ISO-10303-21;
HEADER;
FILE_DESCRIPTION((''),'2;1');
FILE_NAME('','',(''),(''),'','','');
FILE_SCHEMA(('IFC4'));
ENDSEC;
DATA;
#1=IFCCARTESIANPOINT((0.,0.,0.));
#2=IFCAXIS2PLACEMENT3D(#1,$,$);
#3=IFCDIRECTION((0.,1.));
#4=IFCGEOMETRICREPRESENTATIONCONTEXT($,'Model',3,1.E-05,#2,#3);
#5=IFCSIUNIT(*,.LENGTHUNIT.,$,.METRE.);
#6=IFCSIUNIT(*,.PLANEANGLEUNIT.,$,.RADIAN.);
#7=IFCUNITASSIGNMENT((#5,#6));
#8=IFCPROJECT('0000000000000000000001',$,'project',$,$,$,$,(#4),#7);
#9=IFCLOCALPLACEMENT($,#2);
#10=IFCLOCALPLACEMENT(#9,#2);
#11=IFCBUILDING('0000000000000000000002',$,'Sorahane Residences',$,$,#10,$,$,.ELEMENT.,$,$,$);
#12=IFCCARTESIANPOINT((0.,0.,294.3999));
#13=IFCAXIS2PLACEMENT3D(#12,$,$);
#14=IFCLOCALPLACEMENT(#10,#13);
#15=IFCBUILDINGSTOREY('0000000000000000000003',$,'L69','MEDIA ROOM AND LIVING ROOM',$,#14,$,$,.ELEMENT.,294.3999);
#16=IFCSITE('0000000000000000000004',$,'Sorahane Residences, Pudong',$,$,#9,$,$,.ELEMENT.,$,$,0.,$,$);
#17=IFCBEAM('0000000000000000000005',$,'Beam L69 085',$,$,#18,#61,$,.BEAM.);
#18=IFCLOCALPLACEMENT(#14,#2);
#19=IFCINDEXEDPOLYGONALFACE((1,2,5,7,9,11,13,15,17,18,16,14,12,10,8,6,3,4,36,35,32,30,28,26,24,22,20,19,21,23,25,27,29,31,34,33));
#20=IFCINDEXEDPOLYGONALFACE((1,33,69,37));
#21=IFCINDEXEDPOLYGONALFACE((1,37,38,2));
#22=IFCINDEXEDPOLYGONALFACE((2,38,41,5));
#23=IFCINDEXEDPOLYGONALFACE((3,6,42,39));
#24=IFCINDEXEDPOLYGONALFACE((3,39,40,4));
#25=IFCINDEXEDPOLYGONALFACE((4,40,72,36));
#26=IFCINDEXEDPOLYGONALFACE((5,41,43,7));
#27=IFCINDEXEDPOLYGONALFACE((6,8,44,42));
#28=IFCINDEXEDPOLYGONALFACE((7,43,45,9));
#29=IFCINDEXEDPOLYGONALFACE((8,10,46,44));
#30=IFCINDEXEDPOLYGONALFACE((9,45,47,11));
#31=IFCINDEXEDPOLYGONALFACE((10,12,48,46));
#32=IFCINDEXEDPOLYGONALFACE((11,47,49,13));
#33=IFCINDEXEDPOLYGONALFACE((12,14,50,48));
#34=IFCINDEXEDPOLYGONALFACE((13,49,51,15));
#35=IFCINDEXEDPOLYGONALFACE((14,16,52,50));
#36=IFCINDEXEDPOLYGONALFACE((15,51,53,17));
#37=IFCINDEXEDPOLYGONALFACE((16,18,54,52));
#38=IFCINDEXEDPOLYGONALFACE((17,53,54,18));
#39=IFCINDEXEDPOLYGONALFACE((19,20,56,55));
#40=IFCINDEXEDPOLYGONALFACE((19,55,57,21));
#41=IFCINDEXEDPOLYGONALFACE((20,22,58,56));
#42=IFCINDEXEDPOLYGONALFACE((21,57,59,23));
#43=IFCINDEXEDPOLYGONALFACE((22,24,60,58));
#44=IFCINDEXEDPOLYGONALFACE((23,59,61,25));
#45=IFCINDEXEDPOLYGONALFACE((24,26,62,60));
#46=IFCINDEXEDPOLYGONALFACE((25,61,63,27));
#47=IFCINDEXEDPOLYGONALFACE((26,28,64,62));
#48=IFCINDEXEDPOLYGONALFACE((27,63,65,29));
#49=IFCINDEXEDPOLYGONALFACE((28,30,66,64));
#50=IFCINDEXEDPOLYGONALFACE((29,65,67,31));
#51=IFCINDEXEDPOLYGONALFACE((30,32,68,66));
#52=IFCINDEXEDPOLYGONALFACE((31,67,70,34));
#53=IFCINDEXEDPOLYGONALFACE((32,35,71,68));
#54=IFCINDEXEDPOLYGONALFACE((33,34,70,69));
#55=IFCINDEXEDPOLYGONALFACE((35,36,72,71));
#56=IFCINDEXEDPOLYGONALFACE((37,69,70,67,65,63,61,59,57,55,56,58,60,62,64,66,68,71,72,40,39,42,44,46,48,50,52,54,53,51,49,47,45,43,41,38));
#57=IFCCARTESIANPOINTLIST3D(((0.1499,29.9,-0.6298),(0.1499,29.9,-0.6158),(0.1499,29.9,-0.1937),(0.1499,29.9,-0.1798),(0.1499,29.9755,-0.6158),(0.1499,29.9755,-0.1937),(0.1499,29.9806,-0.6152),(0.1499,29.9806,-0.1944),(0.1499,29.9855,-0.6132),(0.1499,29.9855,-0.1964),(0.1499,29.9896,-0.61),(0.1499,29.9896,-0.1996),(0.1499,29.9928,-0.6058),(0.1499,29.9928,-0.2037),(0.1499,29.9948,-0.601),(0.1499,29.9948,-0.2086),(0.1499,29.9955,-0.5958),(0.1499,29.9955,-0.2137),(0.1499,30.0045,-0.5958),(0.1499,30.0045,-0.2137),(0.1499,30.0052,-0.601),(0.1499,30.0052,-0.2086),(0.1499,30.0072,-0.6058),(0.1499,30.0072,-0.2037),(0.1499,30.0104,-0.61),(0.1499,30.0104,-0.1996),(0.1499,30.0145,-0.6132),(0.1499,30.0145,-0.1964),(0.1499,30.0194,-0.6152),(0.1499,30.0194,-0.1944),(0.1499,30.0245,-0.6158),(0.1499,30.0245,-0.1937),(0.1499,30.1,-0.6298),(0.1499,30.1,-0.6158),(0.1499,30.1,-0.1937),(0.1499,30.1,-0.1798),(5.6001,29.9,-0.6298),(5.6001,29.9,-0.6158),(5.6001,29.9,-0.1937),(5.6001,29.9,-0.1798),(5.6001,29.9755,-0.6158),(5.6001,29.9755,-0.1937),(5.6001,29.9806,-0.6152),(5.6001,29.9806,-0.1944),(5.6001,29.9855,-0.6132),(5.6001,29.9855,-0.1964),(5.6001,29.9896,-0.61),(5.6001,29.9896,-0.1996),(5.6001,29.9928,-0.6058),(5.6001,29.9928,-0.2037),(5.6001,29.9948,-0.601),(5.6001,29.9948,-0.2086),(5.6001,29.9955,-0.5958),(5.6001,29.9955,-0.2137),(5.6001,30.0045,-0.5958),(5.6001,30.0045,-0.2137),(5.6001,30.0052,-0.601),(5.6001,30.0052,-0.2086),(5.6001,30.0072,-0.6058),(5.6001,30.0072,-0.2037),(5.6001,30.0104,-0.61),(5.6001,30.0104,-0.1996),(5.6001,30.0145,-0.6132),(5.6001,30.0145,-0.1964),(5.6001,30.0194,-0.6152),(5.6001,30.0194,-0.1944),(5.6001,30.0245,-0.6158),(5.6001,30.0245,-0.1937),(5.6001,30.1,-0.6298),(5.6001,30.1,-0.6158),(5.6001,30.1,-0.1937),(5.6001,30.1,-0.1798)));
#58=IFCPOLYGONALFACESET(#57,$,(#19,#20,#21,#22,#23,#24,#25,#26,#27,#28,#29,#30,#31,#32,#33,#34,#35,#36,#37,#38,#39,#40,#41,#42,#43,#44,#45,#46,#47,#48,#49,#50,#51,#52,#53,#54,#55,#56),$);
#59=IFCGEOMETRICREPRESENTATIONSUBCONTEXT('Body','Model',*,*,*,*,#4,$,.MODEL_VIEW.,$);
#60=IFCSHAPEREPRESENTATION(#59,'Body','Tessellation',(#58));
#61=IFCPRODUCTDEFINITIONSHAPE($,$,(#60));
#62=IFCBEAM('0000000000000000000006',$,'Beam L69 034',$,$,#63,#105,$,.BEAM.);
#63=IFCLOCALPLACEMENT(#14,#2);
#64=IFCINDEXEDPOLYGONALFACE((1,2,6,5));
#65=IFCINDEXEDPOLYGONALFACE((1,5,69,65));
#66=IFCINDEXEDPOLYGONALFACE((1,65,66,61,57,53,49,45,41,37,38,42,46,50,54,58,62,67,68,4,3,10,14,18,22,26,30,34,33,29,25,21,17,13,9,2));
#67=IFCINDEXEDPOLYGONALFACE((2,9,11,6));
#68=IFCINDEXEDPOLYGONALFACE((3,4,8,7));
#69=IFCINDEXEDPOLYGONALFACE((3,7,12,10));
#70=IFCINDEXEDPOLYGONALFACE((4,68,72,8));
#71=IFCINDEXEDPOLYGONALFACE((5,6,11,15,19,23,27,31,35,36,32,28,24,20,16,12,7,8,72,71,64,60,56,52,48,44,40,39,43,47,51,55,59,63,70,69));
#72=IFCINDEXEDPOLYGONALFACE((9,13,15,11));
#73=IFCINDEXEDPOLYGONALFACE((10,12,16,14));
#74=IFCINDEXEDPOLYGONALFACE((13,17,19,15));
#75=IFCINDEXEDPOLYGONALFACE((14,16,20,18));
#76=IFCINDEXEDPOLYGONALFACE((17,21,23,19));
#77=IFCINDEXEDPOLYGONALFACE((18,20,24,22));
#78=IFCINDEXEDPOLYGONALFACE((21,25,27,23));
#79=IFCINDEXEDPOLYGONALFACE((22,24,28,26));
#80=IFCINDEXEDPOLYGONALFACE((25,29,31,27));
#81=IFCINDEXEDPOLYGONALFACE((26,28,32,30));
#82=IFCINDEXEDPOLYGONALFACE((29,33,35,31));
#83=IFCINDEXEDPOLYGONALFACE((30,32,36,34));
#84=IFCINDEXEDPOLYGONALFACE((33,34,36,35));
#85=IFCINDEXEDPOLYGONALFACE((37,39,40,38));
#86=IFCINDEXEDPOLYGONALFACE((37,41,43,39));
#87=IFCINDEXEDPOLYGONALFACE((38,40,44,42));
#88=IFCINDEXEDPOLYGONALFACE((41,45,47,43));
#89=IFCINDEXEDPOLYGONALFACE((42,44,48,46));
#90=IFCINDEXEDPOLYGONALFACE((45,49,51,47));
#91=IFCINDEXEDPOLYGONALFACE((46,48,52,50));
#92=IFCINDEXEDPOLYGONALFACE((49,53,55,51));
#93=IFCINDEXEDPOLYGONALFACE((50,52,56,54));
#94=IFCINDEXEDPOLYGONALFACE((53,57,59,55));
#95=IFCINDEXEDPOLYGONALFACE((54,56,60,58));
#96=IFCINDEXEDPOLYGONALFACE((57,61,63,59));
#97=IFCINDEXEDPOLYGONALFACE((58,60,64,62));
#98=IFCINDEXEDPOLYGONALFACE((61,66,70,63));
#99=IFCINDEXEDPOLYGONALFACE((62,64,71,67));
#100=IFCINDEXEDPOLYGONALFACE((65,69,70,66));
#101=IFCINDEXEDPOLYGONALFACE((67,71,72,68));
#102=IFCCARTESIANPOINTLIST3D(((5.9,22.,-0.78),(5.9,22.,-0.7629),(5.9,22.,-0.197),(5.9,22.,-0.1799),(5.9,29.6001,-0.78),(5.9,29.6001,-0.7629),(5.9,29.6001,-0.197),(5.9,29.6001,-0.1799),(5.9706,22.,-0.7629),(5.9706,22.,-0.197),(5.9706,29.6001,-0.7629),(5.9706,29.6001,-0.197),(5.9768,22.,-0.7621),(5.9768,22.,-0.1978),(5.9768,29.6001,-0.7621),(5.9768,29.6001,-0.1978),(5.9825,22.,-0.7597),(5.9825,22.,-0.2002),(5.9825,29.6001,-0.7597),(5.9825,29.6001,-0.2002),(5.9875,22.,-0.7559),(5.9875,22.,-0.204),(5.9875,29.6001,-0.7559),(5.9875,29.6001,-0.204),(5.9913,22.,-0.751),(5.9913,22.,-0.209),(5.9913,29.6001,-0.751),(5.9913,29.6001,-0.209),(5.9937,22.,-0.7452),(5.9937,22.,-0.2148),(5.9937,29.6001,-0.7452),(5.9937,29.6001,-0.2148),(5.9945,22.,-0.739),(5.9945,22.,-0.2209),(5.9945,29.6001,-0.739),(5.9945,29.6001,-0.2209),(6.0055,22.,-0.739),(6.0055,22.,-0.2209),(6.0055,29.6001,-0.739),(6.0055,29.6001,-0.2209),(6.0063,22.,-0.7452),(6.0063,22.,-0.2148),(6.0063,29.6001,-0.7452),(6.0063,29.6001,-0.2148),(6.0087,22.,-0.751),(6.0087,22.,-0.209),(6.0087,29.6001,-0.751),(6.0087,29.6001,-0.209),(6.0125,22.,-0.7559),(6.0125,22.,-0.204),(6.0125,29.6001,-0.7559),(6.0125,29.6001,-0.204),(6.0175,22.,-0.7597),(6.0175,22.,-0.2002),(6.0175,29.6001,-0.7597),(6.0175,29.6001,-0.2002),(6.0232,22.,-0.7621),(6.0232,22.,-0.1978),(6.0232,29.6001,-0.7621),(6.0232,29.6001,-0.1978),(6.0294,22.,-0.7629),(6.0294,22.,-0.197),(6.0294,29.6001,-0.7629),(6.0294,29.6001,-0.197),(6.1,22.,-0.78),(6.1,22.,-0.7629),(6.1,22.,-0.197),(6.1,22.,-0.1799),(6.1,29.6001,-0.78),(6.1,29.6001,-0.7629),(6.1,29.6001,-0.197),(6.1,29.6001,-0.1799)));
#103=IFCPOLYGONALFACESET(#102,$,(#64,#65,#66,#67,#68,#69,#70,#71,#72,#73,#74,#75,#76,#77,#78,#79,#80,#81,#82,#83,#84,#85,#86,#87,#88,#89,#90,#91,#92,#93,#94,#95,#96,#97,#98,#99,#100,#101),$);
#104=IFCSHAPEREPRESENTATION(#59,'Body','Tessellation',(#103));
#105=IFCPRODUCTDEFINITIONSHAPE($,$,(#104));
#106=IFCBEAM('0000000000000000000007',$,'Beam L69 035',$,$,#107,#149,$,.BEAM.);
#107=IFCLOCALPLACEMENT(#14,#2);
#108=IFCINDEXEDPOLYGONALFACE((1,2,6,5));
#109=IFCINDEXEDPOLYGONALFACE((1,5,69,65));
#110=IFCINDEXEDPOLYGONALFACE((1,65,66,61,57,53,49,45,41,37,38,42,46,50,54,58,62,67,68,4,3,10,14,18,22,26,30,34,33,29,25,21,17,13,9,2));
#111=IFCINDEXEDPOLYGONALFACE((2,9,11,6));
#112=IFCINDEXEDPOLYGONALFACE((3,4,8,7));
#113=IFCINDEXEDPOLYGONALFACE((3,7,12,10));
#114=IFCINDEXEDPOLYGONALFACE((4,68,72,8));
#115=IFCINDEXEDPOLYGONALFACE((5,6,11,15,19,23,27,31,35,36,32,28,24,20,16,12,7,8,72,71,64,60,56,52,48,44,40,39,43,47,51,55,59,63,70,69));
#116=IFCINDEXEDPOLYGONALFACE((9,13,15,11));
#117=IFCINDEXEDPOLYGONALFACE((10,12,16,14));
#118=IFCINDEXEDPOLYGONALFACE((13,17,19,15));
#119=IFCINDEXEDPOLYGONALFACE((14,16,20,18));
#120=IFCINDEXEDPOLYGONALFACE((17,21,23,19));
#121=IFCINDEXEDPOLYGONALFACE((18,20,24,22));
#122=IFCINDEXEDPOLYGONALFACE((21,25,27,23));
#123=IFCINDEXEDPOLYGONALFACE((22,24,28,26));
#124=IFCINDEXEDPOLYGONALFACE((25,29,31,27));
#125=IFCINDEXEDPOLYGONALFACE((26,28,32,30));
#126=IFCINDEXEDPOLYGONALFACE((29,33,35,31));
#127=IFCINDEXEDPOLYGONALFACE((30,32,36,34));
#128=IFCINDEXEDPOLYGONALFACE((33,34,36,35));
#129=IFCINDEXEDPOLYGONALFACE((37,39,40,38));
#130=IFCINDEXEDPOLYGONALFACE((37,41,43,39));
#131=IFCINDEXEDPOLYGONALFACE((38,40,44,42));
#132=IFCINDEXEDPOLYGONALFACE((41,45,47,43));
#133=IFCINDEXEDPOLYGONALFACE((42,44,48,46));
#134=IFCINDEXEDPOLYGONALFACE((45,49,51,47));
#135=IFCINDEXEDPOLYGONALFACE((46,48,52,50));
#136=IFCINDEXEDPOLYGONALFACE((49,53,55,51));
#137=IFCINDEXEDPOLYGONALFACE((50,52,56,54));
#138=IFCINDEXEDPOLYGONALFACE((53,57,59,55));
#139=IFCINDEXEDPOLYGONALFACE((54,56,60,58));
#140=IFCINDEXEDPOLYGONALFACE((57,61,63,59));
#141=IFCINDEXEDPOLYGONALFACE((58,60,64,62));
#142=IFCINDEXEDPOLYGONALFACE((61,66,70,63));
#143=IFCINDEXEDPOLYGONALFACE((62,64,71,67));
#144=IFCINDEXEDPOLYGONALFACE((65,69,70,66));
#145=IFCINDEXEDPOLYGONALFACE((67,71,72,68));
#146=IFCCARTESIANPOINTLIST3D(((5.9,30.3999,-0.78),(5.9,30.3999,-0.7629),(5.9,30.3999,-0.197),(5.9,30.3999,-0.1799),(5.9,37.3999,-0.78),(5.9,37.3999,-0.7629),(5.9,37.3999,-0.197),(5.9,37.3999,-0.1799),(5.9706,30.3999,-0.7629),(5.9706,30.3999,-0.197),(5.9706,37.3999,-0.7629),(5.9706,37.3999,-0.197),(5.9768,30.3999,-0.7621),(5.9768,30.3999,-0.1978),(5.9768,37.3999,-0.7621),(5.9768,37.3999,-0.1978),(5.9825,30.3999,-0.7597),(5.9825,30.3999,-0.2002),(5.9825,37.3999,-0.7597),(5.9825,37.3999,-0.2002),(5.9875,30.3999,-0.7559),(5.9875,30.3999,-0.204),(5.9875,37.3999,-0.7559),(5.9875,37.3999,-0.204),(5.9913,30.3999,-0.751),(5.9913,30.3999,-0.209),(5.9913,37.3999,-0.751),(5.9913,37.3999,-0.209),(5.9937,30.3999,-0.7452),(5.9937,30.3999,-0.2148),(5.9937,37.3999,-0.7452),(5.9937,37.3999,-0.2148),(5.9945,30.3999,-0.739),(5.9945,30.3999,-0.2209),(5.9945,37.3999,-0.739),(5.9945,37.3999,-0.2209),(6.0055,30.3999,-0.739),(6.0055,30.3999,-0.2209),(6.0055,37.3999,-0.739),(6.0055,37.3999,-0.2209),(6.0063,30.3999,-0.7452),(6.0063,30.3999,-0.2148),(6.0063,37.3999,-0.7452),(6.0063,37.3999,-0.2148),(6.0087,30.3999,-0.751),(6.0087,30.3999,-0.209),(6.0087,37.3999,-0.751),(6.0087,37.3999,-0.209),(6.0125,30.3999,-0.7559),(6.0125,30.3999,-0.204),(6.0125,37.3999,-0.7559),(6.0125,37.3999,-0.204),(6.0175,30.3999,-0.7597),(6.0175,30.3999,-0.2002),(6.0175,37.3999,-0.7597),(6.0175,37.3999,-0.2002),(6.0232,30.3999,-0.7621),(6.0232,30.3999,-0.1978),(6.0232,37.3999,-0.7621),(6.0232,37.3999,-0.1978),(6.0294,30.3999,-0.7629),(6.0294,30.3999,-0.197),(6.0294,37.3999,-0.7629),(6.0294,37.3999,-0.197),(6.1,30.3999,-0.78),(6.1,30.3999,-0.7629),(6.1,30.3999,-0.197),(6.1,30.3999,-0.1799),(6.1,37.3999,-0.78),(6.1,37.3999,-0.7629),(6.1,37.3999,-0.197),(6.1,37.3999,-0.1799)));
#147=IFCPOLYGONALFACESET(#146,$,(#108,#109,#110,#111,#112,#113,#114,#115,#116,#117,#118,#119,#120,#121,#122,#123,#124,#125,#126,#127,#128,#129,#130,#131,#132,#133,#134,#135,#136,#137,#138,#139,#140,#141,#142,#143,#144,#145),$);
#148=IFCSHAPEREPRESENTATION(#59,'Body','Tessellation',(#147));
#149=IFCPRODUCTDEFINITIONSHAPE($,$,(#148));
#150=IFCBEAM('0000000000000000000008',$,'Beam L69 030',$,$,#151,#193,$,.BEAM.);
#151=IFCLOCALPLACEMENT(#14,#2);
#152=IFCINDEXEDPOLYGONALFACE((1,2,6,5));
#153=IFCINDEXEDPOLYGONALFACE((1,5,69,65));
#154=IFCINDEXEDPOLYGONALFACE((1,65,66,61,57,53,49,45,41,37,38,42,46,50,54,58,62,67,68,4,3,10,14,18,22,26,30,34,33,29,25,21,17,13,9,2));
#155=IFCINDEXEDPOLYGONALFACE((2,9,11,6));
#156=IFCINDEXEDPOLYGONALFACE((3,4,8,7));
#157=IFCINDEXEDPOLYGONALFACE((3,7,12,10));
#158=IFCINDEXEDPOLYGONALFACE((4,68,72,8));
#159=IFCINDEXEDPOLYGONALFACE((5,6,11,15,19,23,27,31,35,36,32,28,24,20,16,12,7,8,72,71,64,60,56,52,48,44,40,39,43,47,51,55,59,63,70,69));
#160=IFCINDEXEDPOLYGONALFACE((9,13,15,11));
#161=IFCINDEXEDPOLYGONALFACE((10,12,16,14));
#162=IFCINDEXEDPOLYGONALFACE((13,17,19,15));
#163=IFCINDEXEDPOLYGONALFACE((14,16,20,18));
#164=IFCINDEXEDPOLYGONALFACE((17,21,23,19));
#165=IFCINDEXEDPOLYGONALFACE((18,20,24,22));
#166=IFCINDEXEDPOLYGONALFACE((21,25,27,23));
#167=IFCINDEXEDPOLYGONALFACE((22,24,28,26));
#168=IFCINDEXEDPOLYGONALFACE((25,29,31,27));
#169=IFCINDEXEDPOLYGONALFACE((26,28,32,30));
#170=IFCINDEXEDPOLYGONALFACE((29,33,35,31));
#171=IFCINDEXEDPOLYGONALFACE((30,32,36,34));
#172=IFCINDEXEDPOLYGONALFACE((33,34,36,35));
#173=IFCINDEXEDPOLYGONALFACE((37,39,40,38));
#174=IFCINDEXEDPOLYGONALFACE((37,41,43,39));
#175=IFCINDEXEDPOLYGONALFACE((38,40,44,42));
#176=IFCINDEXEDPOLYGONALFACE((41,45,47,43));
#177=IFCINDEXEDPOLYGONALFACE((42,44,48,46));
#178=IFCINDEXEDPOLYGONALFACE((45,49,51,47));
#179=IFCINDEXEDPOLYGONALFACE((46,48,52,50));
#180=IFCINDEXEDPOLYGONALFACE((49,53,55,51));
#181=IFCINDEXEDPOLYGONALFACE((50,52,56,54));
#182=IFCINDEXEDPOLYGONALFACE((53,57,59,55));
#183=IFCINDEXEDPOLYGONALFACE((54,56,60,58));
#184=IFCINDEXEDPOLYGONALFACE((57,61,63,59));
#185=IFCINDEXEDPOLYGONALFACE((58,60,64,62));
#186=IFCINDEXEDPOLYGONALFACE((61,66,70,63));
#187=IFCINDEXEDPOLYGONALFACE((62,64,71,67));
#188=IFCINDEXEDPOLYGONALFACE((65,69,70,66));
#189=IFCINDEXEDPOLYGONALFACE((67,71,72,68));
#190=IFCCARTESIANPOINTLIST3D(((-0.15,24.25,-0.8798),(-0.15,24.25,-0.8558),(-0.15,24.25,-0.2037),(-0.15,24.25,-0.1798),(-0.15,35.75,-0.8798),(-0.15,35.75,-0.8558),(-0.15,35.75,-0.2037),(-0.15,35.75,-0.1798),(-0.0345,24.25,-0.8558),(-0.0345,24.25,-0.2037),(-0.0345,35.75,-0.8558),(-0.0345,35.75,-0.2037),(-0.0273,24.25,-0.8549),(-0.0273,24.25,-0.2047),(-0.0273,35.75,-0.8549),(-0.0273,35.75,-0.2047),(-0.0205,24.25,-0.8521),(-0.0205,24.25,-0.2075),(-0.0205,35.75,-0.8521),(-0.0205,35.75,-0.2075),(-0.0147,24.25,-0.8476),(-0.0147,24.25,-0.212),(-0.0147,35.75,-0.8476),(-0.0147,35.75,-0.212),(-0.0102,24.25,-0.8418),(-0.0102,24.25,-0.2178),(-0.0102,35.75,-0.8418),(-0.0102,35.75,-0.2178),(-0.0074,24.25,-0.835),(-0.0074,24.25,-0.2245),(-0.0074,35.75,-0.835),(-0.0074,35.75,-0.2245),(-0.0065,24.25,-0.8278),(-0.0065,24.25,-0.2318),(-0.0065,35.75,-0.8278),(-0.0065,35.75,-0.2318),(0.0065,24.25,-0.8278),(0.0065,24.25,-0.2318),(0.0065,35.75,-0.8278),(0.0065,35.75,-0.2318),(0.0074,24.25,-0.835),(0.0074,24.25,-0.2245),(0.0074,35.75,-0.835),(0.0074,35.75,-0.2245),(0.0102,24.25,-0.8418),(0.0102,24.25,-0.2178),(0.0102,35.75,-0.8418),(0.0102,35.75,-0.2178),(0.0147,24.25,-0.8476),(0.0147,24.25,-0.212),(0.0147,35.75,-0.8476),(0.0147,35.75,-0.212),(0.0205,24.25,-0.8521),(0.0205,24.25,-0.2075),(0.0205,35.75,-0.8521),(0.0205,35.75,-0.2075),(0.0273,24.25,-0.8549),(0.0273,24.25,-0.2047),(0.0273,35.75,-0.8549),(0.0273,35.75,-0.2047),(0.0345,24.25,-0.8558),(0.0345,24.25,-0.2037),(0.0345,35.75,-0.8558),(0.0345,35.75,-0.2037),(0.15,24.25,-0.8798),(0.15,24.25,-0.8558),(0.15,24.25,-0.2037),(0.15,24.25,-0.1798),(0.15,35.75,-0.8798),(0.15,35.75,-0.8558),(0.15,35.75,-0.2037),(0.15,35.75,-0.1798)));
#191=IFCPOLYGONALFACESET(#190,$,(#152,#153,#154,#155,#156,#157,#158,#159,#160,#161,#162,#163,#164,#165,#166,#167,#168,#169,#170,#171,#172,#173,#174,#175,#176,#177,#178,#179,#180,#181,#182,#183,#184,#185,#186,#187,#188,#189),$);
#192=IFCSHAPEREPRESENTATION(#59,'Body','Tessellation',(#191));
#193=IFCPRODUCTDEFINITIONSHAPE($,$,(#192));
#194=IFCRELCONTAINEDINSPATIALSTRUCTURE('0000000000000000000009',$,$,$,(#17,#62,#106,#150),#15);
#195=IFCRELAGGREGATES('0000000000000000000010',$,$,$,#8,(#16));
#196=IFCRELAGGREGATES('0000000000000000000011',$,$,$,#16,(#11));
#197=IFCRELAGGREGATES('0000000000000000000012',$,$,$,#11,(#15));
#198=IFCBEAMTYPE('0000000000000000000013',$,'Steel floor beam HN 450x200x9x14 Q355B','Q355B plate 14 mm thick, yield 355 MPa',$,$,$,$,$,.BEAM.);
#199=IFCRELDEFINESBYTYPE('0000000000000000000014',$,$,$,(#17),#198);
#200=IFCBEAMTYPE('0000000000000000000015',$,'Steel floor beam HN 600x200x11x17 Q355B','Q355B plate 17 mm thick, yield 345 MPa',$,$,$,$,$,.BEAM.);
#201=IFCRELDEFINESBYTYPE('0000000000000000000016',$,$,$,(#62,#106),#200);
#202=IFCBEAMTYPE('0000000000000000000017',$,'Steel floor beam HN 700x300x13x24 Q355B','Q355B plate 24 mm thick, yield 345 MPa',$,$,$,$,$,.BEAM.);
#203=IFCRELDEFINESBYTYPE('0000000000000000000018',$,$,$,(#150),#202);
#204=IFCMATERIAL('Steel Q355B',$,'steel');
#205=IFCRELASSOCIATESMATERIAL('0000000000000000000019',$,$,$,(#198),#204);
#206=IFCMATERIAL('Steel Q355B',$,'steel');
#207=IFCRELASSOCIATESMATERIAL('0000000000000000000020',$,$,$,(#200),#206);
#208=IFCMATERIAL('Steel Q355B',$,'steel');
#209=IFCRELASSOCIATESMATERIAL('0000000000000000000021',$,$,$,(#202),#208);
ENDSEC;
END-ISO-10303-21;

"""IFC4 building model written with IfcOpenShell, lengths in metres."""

from ifc_helpers import new_model, si_unit, direction, frame, origin, origin_2d, place, context, subcontext, project, spatial, i_section, extrude, material, material_profile, profile_set, type_object, element, save


model = new_model("IFC4")

# Units and contexts
model_context = context("Model", 3, precision=1e-05, world=origin(), true_north=direction((0.0, 1.0)))
body_context = subcontext(model_context, "Body", "Model", "MODEL_VIEW")
ifc_project = project(units=[si_unit("LENGTHUNIT", "METRE"), si_unit("PLANEANGLEUNIT", "RADIAN")], contexts=[model_context])

# Site, building, storey
site_placement = place(None, origin())
site = spatial("IfcSite", under=ifc_project, at=site_placement, Name="Sorahane Residences, Pudong", CompositionType="ELEMENT", RefElevation=0.0)
building_placement = place(site_placement, origin())
building = spatial("IfcBuilding", under=site, at=building_placement, Name="Sorahane Residences", CompositionType="ELEMENT")
storey_placement = place(building_placement, frame((0.0, 0.0, 294.3999)))
storey = spatial("IfcBuildingStorey", under=building, at=storey_placement, Name="L69", Description="MEDIA ROOM AND LIVING ROOM", CompositionType="ELEMENT", Elevation=294.3999)

# Beams
ifc_material_1 = material(Name="Steel Q355B", Category="steel")
ifc_material_profile_1 = material_profile(ifc_material_1, i_section(OverallWidth=0.2, OverallDepth=0.45, WebThickness=0.009, FlangeThickness=0.0139, FilletRadius=0.02, at=origin_2d()), Name="HN 450x200x9x14")
ifc_profile_set_1 = profile_set([ifc_material_profile_1], Name="Steel Q355B")
beam_type_1 = type_object("IfcBeamType", Name="Steel floor beam HN 450x200x9x14 Q355B", Description="Q355B plate 14 mm thick, yield 355 MPa", PredefinedType="BEAM", material=ifc_profile_set_1)
beam_1_placement = place(storey_placement, frame((0.1499, 30.0, -0.4048), z_axis=(1.0, 0.0, 0.0), x_axis=(0.0, 1.0, 0.0)))
element("IfcBeam", 1, at=beam_1_placement, inside=storey, type_object=beam_type_1, Name="Beam L69 085", PredefinedType="BEAM", context=body_context, shape_type="SweptSolid", body=[
    extrude(i_section(OverallWidth=0.2, OverallDepth=0.45, WebThickness=0.009, FlangeThickness=0.0139, FilletRadius=0.02, at=origin_2d()), origin(), (0.0, 0.0, 1.0), 5.4502),
])
ifc_material_2 = material(Name="Steel Q355B", Category="steel")
ifc_material_profile_2 = material_profile(ifc_material_2, i_section(OverallWidth=0.2, OverallDepth=0.6001, WebThickness=0.011, FlangeThickness=0.0171, FilletRadius=0.0239, at=origin_2d()), Name="HN 600x200x11x17")
ifc_profile_set_2 = profile_set([ifc_material_profile_2], Name="Steel Q355B")
beam_type_2 = type_object("IfcBeamType", Name="Steel floor beam HN 600x200x11x17 Q355B", Description="Q355B plate 17 mm thick, yield 345 MPa", PredefinedType="BEAM", material=ifc_profile_set_2)
beam_2_placement = place(storey_placement, frame((6.0, 22.0, -0.48), z_axis=(0.0, 1.0, 0.0), x_axis=(-1.0, 0.0, 0.0)))
element("IfcBeam", 2, at=beam_2_placement, inside=storey, type_object=beam_type_2, Name="Beam L69 034", PredefinedType="BEAM", context=body_context, shape_type="SweptSolid", body=[
    extrude(i_section(OverallWidth=0.2, OverallDepth=0.6001, WebThickness=0.011, FlangeThickness=0.0171, FilletRadius=0.0239, at=origin_2d()), origin(), (0.0, 0.0, 1.0), 7.6001),
])
beam_3_placement = place(storey_placement, frame((6.0, 30.3999, -0.48), z_axis=(0.0, 1.0, 0.0), x_axis=(-1.0, 0.0, 0.0)))
element("IfcBeam", 3, at=beam_3_placement, inside=storey, type_object=beam_type_2, Name="Beam L69 035", PredefinedType="BEAM", context=body_context, shape_type="SweptSolid", body=[
    extrude(i_section(OverallWidth=0.2, OverallDepth=0.6001, WebThickness=0.011, FlangeThickness=0.0171, FilletRadius=0.0239, at=origin_2d()), origin(), (0.0, 0.0, 1.0), 7.0),
])
ifc_material_3 = material(Name="Steel Q355B", Category="steel")
ifc_material_profile_3 = material_profile(ifc_material_3, i_section(OverallWidth=0.3, OverallDepth=0.7, WebThickness=0.0129, FlangeThickness=0.0239, FilletRadius=0.0281, at=origin_2d()), Name="HN 700x300x13x24")
ifc_profile_set_3 = profile_set([ifc_material_profile_3], Name="Steel Q355B")
beam_type_3 = type_object("IfcBeamType", Name="Steel floor beam HN 700x300x13x24 Q355B", Description="Q355B plate 24 mm thick, yield 345 MPa", PredefinedType="BEAM", material=ifc_profile_set_3)
beam_4_placement = place(storey_placement, frame((0.0, 24.25, -0.5298), z_axis=(0.0, 1.0, 0.0), x_axis=(-1.0, 0.0, 0.0)))
element("IfcBeam", 4, at=beam_4_placement, inside=storey, type_object=beam_type_3, Name="Beam L69 030", PredefinedType="BEAM", context=body_context, shape_type="SweptSolid", body=[
    extrude(i_section(OverallWidth=0.3, OverallDepth=0.7, WebThickness=0.0129, FlangeThickness=0.0239, FilletRadius=0.0281, at=origin_2d()), origin(), (0.0, 0.0, 1.0), 11.5),
])

save(model, "model.ifc")
